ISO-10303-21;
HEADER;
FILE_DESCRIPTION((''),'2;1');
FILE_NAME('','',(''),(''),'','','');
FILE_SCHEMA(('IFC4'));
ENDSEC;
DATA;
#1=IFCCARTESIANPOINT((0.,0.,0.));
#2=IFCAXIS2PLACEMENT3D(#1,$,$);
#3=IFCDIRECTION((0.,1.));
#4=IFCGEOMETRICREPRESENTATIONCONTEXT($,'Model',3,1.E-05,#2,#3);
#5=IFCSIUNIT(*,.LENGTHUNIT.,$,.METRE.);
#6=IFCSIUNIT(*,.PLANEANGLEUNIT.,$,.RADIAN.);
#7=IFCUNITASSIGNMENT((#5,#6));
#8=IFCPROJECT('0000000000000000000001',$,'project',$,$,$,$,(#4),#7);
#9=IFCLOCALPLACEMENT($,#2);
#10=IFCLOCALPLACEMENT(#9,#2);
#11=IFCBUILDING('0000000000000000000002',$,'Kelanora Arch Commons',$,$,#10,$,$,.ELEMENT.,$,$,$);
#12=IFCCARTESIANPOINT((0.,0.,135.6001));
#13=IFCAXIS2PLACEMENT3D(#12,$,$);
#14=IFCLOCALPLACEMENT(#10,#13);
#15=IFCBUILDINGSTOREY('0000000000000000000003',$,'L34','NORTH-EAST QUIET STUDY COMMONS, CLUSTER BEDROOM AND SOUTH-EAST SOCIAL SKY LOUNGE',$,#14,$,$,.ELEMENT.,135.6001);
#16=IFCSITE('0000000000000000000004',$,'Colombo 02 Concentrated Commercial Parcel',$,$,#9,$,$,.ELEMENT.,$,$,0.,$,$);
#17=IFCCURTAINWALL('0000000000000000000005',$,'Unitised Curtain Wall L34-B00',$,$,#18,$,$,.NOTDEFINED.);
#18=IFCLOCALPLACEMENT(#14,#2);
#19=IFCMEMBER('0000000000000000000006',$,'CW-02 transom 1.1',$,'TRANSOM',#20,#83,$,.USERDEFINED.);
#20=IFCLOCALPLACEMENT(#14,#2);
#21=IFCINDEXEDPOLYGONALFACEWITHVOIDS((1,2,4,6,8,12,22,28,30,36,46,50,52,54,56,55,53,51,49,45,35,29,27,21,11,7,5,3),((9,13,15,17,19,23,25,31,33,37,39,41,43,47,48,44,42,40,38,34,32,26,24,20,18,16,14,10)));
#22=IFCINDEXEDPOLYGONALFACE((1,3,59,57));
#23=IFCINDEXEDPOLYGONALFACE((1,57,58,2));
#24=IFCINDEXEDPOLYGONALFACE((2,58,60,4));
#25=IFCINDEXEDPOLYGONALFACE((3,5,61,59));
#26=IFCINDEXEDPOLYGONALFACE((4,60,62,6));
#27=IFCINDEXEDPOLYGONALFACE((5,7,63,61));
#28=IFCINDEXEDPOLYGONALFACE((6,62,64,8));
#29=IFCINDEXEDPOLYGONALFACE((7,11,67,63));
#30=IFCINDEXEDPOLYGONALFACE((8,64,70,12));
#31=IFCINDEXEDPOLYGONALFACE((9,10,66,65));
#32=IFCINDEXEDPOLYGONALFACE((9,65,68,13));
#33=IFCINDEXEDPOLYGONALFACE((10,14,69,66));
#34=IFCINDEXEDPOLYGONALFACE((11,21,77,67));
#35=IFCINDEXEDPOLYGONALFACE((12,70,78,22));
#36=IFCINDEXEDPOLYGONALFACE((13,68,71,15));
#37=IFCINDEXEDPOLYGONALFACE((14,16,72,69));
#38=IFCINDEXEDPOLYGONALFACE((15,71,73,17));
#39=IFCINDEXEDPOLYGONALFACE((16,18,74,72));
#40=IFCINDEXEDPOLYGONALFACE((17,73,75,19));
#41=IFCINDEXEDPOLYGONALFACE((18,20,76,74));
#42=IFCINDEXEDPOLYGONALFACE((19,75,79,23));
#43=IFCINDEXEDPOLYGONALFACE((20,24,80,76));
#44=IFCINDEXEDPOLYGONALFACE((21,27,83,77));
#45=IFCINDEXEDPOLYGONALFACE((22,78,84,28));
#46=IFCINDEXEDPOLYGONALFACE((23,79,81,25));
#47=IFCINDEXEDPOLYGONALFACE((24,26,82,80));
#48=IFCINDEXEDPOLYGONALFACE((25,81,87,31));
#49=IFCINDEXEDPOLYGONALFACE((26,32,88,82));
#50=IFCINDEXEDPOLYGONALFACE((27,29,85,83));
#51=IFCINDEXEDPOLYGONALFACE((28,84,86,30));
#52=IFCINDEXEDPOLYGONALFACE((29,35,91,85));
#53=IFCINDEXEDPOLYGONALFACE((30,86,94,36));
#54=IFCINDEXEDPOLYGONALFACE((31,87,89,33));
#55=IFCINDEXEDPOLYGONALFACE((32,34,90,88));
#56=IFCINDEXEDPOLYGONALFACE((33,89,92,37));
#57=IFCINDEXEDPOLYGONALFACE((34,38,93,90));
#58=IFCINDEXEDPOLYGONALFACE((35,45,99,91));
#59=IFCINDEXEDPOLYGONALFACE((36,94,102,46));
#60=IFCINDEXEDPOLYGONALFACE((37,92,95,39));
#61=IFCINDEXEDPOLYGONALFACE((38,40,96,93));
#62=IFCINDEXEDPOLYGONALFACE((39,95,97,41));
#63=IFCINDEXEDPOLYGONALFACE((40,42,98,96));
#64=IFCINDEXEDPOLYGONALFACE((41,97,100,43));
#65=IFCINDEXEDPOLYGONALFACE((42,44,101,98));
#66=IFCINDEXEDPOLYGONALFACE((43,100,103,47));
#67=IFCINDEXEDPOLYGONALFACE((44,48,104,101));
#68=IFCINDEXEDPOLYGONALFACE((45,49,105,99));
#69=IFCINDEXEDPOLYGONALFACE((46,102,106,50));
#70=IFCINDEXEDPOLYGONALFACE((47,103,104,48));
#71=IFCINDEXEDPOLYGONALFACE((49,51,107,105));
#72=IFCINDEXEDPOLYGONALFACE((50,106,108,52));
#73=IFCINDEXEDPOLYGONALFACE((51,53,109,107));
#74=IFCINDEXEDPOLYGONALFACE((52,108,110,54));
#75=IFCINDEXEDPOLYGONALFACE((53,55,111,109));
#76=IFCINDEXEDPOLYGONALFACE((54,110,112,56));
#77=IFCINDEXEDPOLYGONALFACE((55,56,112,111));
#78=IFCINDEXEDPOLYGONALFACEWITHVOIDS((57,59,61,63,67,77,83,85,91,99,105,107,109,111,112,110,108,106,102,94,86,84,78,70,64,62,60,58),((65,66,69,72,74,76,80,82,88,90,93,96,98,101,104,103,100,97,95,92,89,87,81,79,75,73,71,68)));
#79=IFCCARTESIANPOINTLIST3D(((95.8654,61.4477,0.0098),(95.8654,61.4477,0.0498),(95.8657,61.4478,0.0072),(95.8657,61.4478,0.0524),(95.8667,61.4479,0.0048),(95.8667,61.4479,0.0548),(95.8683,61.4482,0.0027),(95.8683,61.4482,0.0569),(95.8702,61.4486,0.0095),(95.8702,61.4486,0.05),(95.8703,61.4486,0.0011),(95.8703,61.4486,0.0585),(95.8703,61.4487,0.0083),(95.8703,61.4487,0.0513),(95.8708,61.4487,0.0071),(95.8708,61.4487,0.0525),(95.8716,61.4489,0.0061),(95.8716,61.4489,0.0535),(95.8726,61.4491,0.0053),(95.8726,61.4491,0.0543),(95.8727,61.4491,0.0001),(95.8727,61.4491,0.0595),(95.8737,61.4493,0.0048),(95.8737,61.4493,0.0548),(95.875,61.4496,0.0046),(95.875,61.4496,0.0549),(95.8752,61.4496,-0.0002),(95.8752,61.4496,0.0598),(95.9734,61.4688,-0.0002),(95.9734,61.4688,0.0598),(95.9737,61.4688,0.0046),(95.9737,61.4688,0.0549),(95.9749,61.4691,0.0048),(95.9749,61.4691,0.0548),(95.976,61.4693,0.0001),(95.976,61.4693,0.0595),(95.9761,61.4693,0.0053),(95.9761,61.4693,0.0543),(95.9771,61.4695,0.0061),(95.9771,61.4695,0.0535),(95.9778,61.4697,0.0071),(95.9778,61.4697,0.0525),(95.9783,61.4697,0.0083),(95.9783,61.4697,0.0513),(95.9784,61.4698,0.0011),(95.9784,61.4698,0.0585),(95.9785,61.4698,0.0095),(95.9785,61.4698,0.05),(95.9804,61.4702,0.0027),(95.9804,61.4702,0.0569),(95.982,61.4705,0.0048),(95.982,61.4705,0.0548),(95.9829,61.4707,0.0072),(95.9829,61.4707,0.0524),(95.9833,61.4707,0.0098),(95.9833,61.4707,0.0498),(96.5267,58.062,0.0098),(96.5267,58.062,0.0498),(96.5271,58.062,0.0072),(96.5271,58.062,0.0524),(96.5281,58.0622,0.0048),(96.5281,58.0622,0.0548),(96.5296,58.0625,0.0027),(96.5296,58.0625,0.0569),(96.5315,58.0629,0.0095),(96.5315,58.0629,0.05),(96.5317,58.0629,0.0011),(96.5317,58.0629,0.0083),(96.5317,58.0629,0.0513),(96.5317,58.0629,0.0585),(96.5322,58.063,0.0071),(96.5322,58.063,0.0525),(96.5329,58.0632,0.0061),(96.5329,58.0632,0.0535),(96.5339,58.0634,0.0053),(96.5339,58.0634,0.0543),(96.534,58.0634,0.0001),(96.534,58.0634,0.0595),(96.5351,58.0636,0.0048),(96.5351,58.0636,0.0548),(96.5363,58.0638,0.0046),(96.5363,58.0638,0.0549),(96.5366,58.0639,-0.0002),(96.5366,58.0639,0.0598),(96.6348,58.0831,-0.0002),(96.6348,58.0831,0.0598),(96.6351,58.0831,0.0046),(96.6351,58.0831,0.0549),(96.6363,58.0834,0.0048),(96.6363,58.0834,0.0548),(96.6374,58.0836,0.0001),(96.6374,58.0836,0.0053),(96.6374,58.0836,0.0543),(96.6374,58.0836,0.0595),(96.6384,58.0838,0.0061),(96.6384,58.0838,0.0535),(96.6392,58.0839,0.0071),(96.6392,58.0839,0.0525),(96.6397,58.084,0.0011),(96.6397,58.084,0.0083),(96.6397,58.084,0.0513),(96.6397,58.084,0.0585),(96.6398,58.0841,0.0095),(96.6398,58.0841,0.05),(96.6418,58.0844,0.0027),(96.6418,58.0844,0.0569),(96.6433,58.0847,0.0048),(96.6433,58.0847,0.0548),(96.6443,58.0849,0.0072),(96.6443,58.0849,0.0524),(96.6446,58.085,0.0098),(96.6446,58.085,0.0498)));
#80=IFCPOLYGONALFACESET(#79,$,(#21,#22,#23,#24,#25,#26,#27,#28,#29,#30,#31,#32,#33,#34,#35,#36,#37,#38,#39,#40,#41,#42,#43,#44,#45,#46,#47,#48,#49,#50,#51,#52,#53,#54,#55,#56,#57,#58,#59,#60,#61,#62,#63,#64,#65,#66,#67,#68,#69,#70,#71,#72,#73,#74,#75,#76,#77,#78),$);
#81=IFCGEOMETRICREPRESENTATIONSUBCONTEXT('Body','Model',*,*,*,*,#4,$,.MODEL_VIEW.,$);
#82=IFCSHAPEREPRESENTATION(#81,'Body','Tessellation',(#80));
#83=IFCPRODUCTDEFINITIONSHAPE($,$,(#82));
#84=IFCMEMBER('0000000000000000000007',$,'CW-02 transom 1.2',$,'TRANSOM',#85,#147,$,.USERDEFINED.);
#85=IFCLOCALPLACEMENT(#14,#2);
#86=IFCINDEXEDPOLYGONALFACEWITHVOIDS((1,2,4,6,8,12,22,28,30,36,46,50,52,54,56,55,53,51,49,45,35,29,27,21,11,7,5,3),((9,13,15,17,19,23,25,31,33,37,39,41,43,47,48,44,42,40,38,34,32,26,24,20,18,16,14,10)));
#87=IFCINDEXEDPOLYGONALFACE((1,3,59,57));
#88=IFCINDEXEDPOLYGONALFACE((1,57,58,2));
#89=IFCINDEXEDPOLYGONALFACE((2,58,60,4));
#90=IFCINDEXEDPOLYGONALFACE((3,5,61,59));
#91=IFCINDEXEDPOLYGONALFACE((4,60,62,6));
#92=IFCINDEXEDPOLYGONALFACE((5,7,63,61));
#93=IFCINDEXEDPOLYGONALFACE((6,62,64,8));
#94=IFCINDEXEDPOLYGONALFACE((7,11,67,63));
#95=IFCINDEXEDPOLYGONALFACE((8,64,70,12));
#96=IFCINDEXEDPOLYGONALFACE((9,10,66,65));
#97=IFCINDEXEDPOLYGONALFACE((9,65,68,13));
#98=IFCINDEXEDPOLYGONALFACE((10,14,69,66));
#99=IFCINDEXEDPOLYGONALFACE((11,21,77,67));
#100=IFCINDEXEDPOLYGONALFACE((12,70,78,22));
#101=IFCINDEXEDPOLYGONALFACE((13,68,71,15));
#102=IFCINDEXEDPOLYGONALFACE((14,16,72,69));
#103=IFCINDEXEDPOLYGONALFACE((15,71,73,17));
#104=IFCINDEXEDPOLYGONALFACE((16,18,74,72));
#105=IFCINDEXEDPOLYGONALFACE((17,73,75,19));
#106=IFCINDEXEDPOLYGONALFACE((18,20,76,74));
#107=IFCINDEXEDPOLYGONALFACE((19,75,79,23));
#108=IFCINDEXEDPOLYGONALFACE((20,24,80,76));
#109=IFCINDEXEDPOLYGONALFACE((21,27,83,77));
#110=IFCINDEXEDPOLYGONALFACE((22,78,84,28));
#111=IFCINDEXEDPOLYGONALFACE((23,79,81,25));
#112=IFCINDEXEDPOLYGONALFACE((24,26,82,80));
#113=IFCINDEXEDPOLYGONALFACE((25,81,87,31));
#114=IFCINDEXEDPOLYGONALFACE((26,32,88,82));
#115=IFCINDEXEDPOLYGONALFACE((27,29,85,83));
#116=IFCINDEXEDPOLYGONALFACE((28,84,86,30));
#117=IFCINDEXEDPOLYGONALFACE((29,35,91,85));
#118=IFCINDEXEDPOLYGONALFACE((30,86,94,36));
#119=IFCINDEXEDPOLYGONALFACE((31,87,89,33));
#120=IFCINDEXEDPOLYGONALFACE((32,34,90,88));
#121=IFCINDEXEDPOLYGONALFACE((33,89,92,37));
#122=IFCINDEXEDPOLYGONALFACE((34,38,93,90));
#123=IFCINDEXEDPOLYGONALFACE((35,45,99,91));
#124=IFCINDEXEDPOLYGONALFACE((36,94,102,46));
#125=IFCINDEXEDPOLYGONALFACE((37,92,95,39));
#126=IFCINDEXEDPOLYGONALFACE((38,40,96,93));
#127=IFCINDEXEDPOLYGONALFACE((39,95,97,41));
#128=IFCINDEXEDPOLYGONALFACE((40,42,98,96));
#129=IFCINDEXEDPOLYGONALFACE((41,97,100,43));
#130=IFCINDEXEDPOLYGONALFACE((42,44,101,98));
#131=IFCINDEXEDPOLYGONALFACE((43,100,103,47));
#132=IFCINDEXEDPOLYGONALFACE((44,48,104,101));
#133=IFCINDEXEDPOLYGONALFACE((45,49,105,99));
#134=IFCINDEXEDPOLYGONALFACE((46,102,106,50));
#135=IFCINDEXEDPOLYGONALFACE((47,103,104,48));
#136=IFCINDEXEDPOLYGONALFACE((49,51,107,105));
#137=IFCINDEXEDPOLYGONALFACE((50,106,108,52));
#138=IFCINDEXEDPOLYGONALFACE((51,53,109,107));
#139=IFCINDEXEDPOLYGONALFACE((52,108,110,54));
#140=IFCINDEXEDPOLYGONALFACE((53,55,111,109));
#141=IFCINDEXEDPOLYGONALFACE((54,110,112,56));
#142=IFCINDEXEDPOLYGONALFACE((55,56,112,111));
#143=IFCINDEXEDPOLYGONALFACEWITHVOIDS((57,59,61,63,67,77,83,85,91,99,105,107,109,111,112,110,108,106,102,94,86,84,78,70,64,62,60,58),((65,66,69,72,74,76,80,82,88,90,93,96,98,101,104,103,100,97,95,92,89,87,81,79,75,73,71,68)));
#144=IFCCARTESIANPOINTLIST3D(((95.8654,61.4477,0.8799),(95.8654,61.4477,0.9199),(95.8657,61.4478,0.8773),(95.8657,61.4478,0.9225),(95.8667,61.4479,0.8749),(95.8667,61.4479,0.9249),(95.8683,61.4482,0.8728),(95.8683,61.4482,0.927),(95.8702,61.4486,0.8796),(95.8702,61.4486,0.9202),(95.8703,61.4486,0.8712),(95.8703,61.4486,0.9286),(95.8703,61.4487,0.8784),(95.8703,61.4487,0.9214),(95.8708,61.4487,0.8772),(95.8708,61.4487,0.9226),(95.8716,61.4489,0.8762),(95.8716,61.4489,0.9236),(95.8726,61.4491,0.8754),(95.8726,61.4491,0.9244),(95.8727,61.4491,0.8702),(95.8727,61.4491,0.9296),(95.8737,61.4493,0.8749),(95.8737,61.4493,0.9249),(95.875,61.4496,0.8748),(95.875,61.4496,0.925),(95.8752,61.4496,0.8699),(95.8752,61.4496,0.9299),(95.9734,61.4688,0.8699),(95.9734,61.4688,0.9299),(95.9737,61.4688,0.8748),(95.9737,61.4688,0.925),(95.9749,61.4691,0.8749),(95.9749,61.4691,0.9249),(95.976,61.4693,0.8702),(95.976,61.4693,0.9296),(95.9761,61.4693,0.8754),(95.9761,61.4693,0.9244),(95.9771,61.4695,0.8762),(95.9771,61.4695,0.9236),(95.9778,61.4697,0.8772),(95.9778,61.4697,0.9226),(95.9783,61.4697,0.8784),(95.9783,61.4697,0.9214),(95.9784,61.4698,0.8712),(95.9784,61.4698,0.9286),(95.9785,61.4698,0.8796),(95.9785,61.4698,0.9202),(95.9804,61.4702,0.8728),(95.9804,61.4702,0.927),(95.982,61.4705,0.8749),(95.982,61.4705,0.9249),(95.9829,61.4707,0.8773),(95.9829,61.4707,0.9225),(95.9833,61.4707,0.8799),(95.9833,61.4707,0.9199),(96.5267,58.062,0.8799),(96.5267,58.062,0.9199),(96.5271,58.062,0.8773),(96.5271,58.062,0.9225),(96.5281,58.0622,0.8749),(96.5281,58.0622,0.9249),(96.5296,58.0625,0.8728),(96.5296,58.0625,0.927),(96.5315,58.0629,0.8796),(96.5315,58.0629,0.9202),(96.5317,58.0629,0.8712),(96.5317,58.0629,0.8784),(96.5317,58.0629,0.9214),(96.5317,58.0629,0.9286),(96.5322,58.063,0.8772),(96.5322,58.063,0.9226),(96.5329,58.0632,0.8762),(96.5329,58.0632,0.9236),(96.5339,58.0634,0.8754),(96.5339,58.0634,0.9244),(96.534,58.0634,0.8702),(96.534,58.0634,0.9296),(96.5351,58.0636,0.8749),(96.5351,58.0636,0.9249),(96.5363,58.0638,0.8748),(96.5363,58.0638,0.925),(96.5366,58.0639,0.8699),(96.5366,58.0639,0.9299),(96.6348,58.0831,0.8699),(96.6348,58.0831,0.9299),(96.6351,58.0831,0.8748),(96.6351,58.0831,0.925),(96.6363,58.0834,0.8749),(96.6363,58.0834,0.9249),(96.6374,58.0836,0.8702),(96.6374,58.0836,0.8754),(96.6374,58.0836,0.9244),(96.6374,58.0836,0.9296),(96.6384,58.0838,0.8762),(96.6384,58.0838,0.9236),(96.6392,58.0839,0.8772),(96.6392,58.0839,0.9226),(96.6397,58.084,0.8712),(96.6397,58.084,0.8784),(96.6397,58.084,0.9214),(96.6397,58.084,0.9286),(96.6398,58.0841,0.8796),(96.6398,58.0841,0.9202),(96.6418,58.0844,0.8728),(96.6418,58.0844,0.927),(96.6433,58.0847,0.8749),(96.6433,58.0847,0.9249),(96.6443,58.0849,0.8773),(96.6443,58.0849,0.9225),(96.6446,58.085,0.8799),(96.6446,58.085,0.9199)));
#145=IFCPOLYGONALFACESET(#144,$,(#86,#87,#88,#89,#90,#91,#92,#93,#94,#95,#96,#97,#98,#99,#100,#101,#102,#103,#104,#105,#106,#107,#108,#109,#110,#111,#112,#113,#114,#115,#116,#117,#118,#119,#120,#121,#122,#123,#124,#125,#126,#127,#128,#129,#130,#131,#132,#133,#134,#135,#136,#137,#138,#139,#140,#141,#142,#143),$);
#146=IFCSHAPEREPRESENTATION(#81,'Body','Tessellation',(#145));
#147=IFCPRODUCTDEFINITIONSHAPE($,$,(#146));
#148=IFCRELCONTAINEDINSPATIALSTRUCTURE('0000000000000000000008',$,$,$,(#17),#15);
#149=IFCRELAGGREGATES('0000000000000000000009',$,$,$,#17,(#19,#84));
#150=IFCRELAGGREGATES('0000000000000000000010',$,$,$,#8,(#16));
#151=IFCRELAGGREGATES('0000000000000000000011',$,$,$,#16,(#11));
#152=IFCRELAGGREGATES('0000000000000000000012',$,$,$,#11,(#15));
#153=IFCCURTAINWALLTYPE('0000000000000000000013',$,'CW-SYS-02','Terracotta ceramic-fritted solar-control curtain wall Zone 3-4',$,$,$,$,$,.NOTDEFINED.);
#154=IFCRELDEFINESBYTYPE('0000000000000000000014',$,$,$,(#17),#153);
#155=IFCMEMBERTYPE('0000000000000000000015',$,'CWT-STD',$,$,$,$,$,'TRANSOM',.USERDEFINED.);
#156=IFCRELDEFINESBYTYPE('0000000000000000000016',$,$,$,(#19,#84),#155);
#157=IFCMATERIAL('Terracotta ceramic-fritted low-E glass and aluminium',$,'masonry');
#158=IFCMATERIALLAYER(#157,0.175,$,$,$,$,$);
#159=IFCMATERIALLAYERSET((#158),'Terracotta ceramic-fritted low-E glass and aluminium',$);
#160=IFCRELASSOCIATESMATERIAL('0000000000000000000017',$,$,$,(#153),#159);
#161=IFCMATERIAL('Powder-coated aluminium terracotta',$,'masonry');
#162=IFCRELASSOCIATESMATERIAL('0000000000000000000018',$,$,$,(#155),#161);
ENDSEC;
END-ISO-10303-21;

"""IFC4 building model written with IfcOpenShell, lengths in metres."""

from ifc_helpers import new_model, si_unit, direction, frame, origin, origin_2d, place, context, subcontext, project, spatial, hollow_rectangle, extrude, material, layer, layer_set, material_profile, profile_set, type_object, element, aggregate, save


model = new_model("IFC4")

# Units and contexts
model_context = context("Model", 3, precision=1e-05, world=origin(), true_north=direction((0.0, 1.0)))
body_context = subcontext(model_context, "Body", "Model", "MODEL_VIEW")
ifc_project = project(units=[si_unit("LENGTHUNIT", "METRE"), si_unit("PLANEANGLEUNIT", "RADIAN")], contexts=[model_context])

# Site, building, storey
site_placement = place(None, origin())
site = spatial("IfcSite", under=ifc_project, at=site_placement, Name="Colombo 02 Concentrated Commercial Parcel", CompositionType="ELEMENT", RefElevation=0.0)
building_placement = place(site_placement, origin())
building = spatial("IfcBuilding", under=site, at=building_placement, Name="Kelanora Arch Commons", CompositionType="ELEMENT")
storey_placement = place(building_placement, frame((0.0, 0.0, 135.6001)))
storey = spatial("IfcBuildingStorey", under=building, at=storey_placement, Name="L34", Description="NORTH-EAST QUIET STUDY COMMONS, CLUSTER BEDROOM AND SOUTH-EAST SOCIAL SKY LOUNGE", CompositionType="ELEMENT", Elevation=135.6001)

# Curtain wall, members
ifc_material_1 = material(Name="Terracotta ceramic-fritted low-E glass and aluminium", Category="masonry")
ifc_layer_1 = layer(ifc_material_1, 0.175)
ifc_layer_set_1 = layer_set([ifc_layer_1], Name="Terracotta ceramic-fritted low-E glass and aluminium")
curtain_wall_type = type_object("IfcCurtainWallType", Name="CW-SYS-02", Description="Terracotta ceramic-fritted solar-control curtain wall Zone 3-4", PredefinedType="NOTDEFINED", material=ifc_layer_set_1)
curtain_wall_placement = place(storey_placement, origin())
curtain_wall = element("IfcCurtainWall", 1, at=curtain_wall_placement, inside=storey, type_object=curtain_wall_type, Name="Unitised Curtain Wall L34-B00", PredefinedType="NOTDEFINED")
ifc_material_2 = material(Name="Powder-coated aluminium terracotta", Category="masonry")
ifc_material_profile_1 = material_profile(ifc_material_2, hollow_rectangle(XDim=0.1201, YDim=0.0601, WallThickness=0.0049, InnerFilletRadius=0.0049, OuterFilletRadius=0.01, at=origin_2d()), Name="CWT120x60")
ifc_profile_set_1 = profile_set([ifc_material_profile_1], Name="Powder-coated aluminium terracotta")
member_type_1 = type_object("IfcMemberType", Name="CWT-STD", ElementType="TRANSOM", PredefinedType="USERDEFINED", material=ifc_profile_set_1)
member_1_placement = place(storey_placement, frame((96.5857, 58.0735, 0.0298), z_axis=(-0.191718, 0.98145, 0.0), x_axis=(-0.98145, -0.191718, 0.0)))
member_1 = element("IfcMember", 2, at=member_1_placement, type_object=member_type_1, Name="CW-02 transom 1.1", ObjectType="TRANSOM", PredefinedType="USERDEFINED", context=body_context, shape_type="SweptSolid", body=[
    extrude(hollow_rectangle(XDim=0.1201, YDim=0.0601, WallThickness=0.0049, InnerFilletRadius=0.0049, OuterFilletRadius=0.01, at=origin_2d()), origin(), (0.0, 0.0, 1.0), 3.4497),
])
member_2_placement = place(storey_placement, frame((96.5857, 58.0735, 0.8999), z_axis=(-0.191718, 0.98145, 0.0), x_axis=(-0.98145, -0.191718, 0.0)))
member_2 = element("IfcMember", 3, at=member_2_placement, type_object=member_type_1, Name="CW-02 transom 1.2", ObjectType="TRANSOM", PredefinedType="USERDEFINED", context=body_context, shape_type="SweptSolid", body=[
    extrude(hollow_rectangle(XDim=0.1201, YDim=0.0601, WallThickness=0.0049, InnerFilletRadius=0.0049, OuterFilletRadius=0.01, at=origin_2d()), origin(), (0.0, 0.0, 1.0), 3.4497),
])
aggregate(curtain_wall, [member_1, member_2])

save(model, "model.ifc")
